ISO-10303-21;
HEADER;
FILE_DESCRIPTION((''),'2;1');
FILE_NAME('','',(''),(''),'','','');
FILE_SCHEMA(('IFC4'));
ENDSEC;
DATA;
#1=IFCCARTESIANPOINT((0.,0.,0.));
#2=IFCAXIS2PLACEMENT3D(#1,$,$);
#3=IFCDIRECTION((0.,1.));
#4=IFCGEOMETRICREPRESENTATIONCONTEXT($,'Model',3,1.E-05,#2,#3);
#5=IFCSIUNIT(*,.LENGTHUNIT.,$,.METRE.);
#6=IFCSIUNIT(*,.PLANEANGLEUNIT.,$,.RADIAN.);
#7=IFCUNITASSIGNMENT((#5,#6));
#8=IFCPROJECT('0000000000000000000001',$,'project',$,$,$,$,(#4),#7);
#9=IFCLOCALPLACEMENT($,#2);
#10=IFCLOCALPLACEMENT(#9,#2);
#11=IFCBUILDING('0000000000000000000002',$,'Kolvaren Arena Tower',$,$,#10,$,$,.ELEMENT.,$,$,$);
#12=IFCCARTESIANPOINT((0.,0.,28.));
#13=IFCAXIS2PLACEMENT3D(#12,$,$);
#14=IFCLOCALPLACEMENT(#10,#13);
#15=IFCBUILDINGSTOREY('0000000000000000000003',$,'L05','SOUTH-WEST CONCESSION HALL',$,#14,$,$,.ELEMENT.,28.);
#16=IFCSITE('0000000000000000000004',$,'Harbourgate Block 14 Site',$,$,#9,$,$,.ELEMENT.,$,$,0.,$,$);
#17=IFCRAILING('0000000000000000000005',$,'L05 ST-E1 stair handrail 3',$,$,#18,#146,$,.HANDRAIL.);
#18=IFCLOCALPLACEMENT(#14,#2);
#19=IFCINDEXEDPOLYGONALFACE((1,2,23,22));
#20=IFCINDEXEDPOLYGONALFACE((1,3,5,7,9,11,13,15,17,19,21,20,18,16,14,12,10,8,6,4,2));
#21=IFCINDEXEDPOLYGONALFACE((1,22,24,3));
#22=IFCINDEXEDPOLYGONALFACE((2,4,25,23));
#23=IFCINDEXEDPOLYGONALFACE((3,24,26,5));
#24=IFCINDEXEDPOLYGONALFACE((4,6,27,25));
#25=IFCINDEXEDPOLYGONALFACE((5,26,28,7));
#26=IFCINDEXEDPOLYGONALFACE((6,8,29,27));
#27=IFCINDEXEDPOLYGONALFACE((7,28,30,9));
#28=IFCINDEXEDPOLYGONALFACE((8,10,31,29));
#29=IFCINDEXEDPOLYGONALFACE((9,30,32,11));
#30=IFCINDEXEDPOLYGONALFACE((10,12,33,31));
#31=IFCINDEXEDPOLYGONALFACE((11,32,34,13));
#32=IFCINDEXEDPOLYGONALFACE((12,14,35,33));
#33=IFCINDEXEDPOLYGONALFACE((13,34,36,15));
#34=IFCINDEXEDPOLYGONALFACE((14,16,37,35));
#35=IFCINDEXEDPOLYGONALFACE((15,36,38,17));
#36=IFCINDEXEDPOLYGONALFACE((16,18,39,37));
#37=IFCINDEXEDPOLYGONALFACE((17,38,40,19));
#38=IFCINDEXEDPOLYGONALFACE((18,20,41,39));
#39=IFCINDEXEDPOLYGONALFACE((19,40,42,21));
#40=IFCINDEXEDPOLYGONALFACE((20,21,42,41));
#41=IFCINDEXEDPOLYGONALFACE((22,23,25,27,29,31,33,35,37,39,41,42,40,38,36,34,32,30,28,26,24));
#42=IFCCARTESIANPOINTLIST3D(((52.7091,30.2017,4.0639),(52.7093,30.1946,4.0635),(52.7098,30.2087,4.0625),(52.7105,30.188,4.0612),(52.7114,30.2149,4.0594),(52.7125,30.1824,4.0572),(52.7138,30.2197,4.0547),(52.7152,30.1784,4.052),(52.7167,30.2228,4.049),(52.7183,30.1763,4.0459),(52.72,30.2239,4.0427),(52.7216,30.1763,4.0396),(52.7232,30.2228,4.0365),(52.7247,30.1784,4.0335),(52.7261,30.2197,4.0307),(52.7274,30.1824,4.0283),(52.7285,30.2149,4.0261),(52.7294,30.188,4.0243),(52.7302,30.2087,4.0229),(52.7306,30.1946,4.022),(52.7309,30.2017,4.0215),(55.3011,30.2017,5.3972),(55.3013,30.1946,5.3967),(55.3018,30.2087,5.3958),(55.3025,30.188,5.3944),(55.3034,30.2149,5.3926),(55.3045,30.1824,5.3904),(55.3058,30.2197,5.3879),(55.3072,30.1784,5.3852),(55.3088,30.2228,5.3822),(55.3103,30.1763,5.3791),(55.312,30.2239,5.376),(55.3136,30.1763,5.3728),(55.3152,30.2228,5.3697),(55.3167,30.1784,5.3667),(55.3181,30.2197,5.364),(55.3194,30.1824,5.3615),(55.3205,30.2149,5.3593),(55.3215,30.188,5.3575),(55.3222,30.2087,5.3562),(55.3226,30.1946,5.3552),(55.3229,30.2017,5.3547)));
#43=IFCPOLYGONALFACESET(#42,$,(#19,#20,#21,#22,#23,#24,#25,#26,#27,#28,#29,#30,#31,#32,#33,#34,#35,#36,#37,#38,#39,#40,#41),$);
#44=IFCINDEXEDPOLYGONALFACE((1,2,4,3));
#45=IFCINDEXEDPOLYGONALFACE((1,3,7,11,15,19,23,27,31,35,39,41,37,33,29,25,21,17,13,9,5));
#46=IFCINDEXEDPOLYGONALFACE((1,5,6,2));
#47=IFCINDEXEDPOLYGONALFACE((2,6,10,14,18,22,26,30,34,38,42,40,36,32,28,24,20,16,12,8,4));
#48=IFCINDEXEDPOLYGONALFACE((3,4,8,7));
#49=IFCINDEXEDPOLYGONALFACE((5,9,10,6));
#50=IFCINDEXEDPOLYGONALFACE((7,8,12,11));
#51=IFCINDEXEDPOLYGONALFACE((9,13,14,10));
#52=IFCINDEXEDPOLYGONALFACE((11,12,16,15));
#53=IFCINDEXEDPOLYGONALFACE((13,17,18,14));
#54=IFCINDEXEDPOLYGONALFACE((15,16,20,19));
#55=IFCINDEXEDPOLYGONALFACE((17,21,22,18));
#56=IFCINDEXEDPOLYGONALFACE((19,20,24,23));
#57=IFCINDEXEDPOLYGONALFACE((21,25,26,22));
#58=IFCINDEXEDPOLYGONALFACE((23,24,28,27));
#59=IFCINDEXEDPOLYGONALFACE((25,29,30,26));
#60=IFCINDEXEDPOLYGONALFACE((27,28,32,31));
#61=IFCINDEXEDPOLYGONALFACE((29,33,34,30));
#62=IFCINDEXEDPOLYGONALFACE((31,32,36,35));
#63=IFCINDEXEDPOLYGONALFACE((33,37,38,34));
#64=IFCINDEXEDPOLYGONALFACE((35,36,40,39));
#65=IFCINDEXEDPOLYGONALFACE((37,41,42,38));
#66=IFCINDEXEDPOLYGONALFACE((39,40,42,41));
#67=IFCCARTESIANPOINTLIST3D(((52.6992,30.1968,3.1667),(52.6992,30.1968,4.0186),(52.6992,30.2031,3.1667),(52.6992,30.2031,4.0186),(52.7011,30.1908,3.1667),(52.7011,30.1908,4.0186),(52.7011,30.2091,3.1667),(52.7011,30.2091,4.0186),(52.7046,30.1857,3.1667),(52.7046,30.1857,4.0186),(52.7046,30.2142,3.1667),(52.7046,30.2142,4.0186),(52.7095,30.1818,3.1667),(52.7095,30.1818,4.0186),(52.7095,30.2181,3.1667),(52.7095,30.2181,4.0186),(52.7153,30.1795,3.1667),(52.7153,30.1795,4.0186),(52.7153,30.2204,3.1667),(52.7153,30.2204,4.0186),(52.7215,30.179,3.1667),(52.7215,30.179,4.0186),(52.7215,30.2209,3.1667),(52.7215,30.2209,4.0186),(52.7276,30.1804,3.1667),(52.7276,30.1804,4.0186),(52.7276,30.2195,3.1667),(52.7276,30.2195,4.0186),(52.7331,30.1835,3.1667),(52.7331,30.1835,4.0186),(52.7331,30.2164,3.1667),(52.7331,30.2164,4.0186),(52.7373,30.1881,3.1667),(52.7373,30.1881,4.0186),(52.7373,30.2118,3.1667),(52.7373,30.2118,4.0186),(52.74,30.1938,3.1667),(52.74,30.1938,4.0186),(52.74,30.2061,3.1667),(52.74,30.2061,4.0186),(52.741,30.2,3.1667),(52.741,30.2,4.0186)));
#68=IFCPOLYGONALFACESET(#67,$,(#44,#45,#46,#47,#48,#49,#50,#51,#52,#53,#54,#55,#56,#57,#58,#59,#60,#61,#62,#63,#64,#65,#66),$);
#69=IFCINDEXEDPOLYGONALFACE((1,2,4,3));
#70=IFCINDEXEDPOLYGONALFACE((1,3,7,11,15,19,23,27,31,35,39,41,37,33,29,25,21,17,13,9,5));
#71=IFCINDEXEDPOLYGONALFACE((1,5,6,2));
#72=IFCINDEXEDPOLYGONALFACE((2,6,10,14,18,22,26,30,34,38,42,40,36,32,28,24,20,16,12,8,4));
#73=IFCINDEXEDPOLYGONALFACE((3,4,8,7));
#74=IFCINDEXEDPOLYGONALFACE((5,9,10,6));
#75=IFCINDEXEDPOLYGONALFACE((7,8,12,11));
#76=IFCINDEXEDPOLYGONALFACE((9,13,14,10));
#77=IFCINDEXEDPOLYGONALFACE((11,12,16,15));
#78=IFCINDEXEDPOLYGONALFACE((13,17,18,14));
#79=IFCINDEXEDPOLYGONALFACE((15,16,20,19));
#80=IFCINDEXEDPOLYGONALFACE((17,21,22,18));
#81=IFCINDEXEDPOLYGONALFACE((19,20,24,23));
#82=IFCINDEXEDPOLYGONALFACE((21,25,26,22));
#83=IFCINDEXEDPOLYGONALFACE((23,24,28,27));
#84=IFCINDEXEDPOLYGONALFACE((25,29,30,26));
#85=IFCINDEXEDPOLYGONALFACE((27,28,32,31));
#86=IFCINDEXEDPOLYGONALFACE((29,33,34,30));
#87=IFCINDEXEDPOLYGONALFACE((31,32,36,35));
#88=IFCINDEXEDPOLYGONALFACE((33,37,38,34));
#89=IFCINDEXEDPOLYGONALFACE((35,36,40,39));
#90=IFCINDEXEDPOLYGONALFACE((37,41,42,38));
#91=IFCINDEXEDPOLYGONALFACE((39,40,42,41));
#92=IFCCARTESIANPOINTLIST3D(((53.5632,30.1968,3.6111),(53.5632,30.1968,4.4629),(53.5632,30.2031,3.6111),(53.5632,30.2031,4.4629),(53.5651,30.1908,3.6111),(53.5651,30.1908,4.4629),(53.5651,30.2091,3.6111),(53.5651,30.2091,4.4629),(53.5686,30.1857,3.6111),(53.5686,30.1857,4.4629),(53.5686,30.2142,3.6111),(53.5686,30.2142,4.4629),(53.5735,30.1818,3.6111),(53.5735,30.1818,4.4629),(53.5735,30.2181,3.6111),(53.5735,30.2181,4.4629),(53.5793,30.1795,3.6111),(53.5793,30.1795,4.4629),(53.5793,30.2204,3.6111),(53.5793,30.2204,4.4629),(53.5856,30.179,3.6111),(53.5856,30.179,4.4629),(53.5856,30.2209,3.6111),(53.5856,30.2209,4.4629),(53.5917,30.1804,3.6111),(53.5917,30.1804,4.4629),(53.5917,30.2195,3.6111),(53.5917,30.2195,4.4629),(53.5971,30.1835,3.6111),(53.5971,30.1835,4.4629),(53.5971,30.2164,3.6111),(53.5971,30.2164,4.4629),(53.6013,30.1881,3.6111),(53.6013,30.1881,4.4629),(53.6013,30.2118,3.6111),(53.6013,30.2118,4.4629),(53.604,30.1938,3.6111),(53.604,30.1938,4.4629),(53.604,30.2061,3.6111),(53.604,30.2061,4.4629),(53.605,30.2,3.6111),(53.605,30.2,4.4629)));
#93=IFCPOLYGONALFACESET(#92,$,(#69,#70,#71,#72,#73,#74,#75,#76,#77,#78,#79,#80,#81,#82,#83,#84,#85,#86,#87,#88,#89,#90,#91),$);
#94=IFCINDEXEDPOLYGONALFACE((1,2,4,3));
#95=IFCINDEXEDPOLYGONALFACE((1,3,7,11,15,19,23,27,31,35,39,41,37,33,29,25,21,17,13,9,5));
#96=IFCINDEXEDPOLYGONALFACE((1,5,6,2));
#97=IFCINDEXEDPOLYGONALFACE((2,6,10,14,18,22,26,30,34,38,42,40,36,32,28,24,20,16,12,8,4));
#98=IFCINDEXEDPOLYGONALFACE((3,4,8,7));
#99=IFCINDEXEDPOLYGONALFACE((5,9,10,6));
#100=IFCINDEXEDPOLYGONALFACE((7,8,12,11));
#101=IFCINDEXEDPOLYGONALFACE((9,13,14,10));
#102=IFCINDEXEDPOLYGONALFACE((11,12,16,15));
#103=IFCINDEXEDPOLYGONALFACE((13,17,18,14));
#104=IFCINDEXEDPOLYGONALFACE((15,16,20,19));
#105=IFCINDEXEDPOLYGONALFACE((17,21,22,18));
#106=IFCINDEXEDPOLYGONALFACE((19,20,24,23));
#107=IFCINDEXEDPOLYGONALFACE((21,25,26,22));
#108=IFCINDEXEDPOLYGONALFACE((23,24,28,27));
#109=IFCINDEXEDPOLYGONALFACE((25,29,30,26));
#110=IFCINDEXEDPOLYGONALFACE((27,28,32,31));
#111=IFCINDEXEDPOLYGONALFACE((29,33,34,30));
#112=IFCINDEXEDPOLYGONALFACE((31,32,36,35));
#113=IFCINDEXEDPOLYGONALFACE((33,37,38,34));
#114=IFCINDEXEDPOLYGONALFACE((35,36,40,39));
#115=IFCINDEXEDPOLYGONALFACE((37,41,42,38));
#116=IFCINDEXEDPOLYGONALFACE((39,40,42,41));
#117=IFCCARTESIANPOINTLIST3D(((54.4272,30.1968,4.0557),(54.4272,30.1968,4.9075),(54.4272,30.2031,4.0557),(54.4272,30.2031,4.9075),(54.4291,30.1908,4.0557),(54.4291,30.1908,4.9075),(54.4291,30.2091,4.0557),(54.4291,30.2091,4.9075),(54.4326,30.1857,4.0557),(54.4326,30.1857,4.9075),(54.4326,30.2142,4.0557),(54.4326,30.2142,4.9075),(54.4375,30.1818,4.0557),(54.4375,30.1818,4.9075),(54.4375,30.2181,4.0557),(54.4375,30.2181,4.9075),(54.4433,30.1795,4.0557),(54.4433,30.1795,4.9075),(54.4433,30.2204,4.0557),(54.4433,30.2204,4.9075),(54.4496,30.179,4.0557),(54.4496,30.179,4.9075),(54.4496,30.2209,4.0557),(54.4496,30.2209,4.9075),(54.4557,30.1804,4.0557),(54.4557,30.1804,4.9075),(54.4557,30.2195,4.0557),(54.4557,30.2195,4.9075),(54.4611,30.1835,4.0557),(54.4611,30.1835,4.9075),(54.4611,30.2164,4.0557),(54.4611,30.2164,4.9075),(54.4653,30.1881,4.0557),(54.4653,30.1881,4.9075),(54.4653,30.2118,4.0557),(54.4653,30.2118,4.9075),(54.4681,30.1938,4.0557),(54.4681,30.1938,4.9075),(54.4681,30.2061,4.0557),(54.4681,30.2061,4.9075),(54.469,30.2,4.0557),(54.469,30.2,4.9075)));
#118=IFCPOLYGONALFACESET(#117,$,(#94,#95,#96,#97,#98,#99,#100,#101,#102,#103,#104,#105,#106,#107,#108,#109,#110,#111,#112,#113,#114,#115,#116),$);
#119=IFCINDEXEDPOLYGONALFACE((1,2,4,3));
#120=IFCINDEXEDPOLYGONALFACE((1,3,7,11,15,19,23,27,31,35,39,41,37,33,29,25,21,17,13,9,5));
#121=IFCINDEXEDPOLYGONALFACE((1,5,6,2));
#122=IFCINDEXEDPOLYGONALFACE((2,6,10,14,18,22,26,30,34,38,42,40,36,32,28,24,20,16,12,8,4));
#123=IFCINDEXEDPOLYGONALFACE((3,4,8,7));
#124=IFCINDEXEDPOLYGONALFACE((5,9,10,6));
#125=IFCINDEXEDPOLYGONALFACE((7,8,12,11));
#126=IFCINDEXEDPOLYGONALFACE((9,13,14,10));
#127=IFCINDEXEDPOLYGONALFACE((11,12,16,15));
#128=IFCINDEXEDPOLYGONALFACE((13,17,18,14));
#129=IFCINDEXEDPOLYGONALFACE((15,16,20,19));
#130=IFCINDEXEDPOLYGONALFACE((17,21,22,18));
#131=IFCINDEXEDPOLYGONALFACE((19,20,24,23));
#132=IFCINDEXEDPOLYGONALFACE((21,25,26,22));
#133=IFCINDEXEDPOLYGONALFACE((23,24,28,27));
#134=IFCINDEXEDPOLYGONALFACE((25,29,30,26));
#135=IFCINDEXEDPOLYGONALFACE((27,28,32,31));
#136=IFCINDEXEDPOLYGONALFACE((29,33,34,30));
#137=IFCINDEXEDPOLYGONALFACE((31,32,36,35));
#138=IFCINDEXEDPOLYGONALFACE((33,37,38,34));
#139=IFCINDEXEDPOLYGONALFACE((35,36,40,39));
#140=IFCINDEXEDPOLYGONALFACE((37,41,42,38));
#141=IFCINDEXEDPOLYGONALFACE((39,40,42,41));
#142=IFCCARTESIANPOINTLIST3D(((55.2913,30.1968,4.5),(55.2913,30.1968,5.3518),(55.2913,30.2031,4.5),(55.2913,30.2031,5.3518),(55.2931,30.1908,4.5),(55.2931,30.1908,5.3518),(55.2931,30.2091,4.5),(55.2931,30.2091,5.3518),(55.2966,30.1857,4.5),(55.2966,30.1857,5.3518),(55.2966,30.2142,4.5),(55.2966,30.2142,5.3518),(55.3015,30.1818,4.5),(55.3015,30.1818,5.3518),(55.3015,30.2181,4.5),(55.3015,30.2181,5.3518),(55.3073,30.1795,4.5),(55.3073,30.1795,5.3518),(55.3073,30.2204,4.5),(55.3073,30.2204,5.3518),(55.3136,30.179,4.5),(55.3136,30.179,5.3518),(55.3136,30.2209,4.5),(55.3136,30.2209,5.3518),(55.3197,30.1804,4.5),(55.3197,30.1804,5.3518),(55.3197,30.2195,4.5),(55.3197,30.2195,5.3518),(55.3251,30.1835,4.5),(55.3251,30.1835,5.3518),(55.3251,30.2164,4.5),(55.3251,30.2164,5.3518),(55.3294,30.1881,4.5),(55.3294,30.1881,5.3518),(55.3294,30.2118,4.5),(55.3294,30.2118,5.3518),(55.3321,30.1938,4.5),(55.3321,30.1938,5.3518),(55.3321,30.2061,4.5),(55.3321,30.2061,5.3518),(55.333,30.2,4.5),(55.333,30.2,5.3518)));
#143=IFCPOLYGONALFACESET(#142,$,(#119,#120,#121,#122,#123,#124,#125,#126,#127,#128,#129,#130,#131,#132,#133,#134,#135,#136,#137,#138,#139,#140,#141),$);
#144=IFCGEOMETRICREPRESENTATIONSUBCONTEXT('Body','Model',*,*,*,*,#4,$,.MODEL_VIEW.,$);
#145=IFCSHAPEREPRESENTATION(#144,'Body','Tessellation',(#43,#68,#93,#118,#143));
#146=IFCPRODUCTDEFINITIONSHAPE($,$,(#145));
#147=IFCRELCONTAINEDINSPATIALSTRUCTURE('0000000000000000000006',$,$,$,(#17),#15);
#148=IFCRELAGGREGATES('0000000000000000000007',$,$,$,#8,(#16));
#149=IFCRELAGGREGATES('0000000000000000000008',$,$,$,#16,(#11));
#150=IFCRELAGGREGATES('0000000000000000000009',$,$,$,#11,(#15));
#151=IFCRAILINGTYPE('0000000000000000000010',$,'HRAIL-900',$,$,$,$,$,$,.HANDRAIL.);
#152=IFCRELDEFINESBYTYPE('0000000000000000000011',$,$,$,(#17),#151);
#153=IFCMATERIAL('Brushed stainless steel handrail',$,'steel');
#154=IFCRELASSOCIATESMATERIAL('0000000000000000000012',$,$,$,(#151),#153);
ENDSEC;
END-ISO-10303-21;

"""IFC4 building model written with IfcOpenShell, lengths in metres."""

from ifc_helpers import new_model, si_unit, direction, frame, origin, origin_2d, place, context, subcontext, project, spatial, circle, extrude, material, type_object, element, save


model = new_model("IFC4")

# Units and contexts
model_context = context("Model", 3, precision=1e-05, world=origin(), true_north=direction((0.0, 1.0)))
body_context = subcontext(model_context, "Body", "Model", "MODEL_VIEW")
ifc_project = project(units=[si_unit("LENGTHUNIT", "METRE"), si_unit("PLANEANGLEUNIT", "RADIAN")], contexts=[model_context])

# Site, building, storey
site_placement = place(None, origin())
site = spatial("IfcSite", under=ifc_project, at=site_placement, Name="Harbourgate Block 14 Site", CompositionType="ELEMENT", RefElevation=0.0)
building_placement = place(site_placement, origin())
building = spatial("IfcBuilding", under=site, at=building_placement, Name="Kolvaren Arena Tower", CompositionType="ELEMENT")
storey_placement = place(building_placement, frame((0.0, 0.0, 28.0)))
storey = spatial("IfcBuildingStorey", under=building, at=storey_placement, Name="L05", Description="SOUTH-WEST CONCESSION HALL", CompositionType="ELEMENT", Elevation=28.0)

# Railing
ifc_material_1 = material(Name="Brushed stainless steel handrail", Category="steel")
railing_type_1 = type_object("IfcRailingType", Name="HRAIL-900", PredefinedType="HANDRAIL", material=ifc_material_1)
for number, where, name in (
    (1, (52.72, 30.2, 3.1667), "L05 ST-E1 stair handrail 3"),
):
    element("IfcRailing", number, at=place(storey_placement, frame(where)), inside=storey, type_object=railing_type_1, Name=name, PredefinedType="HANDRAIL", context=body_context, shape_type="SweptSolid", body=[
        extrude(circle(Radius=0.0239, at=origin_2d()), frame((0.0, 0.0, 0.876), z_axis=(0.88926, 0.0, 0.457403), x_axis=(0.0, 1.0, 0.0)), (0.0, 0.0, 1.0), 2.9148),
        extrude(circle(Radius=0.021, at=origin_2d()), origin(), (0.0, 0.0, 1.0), 0.8518),
        extrude(circle(Radius=0.021, at=origin_2d()), frame((0.864, 0.0, 0.4443)), (0.0, 0.0, 1.0), 0.8518),
        extrude(circle(Radius=0.021, at=origin_2d()), frame((1.728, 0.0, 0.8889)), (0.0, 0.0, 1.0), 0.8518),
        extrude(circle(Radius=0.021, at=origin_2d()), frame((2.592, 0.0, 1.3333)), (0.0, 0.0, 1.0), 0.8518),
    ])

save(model, "model.ifc")
